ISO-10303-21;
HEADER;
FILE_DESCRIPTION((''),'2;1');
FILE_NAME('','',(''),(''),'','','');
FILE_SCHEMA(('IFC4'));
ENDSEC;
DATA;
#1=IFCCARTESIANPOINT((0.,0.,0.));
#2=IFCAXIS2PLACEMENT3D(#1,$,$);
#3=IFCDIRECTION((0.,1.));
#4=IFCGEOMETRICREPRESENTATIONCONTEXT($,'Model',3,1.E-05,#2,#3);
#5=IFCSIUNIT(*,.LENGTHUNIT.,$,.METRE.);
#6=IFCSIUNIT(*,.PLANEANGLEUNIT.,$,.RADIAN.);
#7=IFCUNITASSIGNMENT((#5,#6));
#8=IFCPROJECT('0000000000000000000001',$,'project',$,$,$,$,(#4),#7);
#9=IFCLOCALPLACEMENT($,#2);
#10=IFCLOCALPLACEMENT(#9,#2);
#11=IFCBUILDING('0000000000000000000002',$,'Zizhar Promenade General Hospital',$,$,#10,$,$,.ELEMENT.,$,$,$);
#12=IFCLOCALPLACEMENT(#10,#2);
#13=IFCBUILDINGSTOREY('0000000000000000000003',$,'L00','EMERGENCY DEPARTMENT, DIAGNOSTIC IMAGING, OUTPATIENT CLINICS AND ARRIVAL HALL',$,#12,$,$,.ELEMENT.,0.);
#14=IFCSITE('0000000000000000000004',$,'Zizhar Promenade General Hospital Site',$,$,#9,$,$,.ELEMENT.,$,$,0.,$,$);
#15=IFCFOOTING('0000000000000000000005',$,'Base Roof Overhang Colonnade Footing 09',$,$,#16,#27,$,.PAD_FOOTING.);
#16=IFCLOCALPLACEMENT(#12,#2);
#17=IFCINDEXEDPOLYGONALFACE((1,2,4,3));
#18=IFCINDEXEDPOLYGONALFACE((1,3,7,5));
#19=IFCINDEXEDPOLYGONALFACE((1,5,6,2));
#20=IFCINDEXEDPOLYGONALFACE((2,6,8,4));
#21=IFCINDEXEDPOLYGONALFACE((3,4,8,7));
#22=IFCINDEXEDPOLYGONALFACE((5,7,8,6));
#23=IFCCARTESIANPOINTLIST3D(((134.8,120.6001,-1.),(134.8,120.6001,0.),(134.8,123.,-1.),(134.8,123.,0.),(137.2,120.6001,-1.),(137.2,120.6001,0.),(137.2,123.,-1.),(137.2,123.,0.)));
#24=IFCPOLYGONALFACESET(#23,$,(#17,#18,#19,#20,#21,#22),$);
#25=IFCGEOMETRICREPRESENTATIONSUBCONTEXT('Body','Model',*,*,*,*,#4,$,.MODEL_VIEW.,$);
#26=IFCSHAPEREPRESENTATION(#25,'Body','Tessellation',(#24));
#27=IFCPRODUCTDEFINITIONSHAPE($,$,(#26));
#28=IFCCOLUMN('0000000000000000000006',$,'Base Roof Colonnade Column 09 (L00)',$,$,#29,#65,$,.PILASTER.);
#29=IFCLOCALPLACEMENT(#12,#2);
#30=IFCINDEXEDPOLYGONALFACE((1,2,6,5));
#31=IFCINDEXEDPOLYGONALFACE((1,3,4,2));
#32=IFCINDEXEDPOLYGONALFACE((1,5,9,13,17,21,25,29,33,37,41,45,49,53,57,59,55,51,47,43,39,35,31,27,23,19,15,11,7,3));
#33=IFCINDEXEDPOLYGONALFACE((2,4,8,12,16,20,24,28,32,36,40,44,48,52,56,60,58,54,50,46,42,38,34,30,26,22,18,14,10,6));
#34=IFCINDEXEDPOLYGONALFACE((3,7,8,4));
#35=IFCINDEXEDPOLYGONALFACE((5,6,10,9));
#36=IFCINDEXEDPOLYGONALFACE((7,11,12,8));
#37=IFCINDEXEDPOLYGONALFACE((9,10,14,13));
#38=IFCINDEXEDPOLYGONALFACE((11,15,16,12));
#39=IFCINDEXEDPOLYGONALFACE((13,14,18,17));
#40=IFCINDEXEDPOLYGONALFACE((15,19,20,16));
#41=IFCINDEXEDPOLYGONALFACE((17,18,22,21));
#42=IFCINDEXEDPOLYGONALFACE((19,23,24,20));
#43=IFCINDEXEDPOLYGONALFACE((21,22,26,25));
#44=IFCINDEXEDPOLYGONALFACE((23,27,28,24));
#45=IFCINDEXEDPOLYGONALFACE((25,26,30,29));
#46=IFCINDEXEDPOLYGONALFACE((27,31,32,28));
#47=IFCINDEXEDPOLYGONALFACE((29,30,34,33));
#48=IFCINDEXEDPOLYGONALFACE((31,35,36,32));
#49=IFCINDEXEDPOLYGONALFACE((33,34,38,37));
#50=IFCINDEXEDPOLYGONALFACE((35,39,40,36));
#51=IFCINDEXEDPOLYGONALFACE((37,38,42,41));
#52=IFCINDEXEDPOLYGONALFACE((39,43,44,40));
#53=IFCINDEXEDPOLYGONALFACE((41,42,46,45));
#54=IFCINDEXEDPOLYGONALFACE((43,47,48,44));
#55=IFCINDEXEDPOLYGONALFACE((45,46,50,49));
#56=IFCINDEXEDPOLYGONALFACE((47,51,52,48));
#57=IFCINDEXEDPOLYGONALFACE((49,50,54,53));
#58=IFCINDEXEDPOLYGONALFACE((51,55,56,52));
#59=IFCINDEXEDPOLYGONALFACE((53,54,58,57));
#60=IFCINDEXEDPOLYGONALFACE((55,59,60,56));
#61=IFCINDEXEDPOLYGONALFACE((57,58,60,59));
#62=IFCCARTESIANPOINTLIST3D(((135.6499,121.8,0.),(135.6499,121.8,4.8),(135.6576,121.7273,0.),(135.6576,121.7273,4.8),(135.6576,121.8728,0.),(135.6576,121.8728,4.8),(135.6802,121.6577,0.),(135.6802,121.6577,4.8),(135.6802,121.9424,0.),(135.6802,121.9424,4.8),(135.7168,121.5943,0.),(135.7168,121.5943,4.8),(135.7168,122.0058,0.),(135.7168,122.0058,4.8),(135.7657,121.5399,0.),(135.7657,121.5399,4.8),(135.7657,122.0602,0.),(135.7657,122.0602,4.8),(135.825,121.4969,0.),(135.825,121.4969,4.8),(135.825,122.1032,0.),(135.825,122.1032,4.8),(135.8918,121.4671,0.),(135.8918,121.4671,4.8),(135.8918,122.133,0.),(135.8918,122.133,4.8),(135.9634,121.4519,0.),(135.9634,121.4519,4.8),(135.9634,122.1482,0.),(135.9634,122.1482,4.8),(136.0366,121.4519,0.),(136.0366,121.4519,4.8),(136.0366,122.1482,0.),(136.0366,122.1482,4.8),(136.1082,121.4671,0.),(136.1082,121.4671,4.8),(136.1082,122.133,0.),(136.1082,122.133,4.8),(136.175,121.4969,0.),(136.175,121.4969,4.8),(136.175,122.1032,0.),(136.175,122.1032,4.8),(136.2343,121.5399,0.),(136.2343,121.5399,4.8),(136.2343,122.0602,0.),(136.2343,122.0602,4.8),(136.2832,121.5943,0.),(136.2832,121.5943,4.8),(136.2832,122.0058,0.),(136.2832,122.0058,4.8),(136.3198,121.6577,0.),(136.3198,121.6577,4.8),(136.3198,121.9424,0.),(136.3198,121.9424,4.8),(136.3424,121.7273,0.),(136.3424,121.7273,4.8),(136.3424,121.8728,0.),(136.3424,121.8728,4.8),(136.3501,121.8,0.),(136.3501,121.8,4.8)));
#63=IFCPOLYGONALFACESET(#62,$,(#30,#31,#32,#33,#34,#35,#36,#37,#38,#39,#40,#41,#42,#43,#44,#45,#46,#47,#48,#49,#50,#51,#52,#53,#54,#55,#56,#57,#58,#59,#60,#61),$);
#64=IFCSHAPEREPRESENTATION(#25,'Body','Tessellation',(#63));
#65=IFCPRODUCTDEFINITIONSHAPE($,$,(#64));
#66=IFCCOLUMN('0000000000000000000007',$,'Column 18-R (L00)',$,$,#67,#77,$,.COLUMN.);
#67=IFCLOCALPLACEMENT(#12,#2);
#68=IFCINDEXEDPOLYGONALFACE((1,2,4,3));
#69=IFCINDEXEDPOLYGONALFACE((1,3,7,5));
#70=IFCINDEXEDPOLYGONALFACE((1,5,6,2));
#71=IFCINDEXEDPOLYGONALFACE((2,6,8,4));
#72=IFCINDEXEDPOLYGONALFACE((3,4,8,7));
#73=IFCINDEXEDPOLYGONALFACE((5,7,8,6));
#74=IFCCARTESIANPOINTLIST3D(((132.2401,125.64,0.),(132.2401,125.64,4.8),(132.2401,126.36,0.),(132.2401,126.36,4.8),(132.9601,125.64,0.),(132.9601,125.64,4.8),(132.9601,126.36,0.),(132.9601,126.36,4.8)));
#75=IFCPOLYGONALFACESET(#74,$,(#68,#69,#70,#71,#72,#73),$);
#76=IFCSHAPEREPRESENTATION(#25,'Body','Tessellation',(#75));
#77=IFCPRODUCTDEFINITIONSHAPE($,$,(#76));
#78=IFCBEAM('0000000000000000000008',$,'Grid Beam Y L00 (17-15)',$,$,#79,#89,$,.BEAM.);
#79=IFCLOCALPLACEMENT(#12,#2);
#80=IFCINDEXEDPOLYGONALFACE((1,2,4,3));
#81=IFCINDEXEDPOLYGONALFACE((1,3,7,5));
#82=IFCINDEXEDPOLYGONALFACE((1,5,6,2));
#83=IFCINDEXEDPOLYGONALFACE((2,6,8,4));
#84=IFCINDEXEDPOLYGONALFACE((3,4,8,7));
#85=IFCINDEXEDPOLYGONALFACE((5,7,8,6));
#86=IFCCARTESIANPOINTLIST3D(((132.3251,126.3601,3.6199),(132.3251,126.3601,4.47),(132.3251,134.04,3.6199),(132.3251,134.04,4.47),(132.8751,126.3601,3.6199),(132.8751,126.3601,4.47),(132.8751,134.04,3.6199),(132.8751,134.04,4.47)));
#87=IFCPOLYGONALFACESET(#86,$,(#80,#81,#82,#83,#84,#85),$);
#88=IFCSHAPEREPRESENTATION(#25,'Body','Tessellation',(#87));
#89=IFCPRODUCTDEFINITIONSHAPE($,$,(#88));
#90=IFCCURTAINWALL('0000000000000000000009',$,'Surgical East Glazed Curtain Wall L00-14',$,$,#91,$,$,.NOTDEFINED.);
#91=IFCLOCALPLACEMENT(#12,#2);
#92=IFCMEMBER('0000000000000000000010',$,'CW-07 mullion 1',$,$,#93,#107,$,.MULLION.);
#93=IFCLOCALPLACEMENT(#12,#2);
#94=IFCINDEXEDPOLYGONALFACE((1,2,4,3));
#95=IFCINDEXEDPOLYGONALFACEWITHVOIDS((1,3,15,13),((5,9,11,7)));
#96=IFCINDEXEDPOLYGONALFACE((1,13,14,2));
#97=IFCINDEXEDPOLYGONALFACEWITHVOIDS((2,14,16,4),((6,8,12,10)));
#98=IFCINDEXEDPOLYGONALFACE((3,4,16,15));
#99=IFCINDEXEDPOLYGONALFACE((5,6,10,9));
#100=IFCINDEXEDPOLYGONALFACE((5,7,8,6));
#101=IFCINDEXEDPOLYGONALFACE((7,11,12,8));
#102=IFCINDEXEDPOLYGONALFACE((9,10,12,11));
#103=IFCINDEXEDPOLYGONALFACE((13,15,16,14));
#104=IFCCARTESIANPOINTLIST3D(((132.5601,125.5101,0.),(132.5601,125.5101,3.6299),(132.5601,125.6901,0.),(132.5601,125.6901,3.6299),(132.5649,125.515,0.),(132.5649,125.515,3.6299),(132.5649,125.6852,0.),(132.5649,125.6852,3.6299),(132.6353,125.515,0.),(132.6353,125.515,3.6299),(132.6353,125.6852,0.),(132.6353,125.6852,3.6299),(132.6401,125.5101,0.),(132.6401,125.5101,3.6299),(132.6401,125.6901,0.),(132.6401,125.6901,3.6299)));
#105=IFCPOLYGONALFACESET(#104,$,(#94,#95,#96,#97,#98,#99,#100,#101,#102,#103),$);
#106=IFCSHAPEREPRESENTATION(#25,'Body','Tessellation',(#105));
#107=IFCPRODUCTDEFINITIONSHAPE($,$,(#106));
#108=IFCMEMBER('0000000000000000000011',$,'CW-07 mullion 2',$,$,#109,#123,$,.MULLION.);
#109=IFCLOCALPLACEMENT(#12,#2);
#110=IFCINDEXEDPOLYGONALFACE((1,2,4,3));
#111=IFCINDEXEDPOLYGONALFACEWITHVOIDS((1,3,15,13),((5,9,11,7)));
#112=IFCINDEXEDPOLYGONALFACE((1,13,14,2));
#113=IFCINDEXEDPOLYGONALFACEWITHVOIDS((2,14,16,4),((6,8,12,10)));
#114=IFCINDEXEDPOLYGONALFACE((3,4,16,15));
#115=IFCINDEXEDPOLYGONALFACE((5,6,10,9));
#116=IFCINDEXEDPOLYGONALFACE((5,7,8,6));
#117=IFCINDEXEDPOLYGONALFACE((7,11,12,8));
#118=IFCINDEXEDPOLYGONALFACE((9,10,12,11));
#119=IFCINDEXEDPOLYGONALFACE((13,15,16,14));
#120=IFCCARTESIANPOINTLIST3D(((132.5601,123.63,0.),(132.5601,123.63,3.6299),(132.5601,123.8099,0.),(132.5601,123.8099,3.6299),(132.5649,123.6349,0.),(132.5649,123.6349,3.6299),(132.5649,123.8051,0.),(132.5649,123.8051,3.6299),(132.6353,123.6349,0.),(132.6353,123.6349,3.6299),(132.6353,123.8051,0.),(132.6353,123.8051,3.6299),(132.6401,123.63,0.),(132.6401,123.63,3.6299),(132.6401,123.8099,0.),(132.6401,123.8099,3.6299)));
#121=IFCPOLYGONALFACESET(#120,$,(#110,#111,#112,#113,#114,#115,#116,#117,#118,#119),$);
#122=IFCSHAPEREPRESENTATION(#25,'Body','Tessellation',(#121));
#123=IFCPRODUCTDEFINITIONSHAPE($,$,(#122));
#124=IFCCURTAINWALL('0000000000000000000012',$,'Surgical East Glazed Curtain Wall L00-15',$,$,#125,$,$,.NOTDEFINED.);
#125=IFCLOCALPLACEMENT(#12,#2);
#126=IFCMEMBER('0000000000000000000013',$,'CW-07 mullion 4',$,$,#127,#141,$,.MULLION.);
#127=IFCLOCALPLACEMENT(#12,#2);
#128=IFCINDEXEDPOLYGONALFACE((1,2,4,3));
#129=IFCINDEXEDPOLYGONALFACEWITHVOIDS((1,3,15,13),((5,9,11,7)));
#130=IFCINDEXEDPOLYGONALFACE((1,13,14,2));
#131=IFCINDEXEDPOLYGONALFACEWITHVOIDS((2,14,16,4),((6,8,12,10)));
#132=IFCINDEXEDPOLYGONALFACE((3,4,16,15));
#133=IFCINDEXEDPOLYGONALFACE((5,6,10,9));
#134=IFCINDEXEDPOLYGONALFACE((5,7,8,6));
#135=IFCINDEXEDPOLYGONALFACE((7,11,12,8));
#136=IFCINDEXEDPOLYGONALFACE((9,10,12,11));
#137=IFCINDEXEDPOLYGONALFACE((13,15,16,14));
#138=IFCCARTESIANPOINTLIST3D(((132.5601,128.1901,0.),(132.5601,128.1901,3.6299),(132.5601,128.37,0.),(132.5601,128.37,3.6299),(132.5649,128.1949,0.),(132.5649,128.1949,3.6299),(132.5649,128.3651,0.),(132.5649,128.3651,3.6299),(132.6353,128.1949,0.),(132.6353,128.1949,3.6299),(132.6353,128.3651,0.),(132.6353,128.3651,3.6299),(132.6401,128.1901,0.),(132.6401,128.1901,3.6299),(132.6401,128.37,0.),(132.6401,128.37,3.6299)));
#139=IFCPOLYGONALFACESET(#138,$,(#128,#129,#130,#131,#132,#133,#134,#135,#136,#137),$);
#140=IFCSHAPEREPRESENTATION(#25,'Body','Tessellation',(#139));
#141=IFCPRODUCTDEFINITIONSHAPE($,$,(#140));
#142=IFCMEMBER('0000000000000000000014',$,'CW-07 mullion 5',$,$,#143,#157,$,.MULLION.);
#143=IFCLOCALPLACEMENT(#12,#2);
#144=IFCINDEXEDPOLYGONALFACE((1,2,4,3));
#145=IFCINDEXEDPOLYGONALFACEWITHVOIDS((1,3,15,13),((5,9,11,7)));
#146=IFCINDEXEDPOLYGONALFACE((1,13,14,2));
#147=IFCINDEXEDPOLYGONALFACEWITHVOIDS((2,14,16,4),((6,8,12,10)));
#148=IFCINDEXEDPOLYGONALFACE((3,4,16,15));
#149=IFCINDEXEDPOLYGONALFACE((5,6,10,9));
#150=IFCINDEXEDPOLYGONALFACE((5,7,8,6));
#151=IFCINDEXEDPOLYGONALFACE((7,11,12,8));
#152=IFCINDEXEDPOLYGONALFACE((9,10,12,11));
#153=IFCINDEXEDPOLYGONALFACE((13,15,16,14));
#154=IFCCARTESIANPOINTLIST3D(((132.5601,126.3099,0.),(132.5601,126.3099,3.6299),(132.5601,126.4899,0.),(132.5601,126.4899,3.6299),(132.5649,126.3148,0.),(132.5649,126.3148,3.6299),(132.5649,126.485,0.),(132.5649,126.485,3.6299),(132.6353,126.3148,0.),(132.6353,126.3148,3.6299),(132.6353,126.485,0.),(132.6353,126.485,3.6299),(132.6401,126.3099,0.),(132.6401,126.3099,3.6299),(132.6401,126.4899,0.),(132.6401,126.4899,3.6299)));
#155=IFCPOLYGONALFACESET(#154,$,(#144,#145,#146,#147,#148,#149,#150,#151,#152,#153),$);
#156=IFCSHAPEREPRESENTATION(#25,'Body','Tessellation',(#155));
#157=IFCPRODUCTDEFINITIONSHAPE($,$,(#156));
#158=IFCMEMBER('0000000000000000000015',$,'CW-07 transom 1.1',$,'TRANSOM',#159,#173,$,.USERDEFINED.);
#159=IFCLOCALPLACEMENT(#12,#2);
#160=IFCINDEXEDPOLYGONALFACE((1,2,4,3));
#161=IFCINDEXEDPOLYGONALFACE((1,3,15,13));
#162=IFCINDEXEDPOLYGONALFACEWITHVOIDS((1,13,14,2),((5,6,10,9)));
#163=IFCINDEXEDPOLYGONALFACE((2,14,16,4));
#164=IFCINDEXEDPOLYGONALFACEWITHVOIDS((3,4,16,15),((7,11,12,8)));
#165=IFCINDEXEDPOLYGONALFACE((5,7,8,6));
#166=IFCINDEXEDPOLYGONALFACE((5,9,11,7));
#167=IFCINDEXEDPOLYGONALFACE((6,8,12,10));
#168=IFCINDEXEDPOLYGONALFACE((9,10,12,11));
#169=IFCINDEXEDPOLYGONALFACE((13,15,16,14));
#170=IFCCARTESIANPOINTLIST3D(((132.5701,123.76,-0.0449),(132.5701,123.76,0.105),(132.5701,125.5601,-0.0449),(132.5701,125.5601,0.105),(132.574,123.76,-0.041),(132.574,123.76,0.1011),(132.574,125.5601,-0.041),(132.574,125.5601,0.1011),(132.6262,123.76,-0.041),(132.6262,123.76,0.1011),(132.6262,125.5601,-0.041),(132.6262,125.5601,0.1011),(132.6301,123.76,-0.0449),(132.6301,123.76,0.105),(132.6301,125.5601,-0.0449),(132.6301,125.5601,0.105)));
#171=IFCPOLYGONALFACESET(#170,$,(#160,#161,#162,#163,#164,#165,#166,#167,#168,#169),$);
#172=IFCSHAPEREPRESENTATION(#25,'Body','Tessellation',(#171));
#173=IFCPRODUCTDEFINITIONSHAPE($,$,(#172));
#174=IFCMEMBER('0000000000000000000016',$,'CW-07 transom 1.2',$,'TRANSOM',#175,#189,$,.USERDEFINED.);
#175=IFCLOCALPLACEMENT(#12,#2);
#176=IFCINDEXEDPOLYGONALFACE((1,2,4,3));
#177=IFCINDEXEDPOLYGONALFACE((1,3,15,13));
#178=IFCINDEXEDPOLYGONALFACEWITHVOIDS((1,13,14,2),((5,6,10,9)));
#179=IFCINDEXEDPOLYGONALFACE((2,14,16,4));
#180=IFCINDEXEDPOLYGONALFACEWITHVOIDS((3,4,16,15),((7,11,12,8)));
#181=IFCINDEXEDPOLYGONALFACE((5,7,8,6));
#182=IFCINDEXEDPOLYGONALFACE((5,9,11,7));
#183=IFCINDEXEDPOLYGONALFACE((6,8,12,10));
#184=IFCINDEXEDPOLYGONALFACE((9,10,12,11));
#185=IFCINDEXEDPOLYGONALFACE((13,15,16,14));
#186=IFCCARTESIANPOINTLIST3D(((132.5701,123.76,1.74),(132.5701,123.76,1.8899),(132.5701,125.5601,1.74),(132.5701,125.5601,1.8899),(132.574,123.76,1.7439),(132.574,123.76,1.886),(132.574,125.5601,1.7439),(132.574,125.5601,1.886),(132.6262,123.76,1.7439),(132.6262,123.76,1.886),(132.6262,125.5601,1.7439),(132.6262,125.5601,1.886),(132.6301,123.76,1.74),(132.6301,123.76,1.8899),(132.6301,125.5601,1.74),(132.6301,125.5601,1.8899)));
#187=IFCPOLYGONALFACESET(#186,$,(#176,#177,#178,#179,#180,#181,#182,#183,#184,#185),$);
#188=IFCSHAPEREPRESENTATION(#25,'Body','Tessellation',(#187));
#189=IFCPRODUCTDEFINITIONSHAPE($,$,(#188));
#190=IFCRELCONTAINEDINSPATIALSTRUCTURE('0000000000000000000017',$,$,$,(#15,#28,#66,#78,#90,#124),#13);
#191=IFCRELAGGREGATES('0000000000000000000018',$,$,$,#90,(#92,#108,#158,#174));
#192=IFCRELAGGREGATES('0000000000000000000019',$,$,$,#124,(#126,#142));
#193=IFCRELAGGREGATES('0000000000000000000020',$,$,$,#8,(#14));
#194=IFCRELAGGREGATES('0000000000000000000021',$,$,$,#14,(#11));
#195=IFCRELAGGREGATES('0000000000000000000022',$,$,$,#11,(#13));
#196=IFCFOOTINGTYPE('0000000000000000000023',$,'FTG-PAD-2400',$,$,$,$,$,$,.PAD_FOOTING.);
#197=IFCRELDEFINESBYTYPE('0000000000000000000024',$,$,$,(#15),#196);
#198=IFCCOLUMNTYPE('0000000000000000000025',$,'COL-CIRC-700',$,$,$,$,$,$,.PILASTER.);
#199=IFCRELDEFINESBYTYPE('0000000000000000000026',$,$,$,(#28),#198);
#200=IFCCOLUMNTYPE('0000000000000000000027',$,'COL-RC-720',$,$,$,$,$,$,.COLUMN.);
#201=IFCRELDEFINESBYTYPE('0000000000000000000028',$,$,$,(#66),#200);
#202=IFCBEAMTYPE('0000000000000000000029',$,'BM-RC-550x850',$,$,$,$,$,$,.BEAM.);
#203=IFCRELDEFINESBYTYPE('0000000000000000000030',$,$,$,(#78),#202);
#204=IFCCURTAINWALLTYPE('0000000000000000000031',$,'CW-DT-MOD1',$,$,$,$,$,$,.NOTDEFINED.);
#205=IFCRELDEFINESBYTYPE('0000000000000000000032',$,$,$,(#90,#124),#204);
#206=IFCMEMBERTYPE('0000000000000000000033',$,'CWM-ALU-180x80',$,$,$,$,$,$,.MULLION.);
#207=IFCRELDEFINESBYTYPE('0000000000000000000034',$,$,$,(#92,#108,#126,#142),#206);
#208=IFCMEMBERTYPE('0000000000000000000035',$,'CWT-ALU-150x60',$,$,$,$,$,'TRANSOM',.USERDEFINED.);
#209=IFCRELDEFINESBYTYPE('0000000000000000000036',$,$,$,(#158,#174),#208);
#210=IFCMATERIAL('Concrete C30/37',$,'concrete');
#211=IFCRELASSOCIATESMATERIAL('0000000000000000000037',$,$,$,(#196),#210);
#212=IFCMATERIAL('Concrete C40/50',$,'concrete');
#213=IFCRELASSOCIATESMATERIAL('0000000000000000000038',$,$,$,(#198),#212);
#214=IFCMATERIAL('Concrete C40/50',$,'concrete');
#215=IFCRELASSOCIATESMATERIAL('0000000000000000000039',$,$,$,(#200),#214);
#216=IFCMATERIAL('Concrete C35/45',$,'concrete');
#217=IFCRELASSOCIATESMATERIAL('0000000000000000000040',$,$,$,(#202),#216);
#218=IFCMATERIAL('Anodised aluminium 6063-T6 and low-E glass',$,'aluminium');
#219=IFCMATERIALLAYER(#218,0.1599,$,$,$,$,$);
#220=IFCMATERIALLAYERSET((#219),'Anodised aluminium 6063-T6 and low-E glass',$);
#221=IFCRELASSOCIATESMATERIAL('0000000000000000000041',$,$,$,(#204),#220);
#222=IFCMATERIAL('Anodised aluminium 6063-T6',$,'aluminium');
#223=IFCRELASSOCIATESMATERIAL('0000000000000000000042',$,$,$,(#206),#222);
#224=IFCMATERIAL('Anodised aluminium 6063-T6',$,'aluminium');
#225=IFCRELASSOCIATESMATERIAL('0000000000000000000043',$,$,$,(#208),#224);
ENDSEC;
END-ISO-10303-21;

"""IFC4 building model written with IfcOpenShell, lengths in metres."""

from ifc_helpers import new_model, si_unit, direction, frame, origin, origin_2d, place, context, subcontext, project, spatial, rectangle, hollow_rectangle, circle, extrude, material, layer, layer_set, material_profile, profile_set, type_object, element, aggregate, save


model = new_model("IFC4")

# Units and contexts
model_context = context("Model", 3, precision=1e-05, world=origin(), true_north=direction((0.0, 1.0)))
body_context = subcontext(model_context, "Body", "Model", "MODEL_VIEW")
ifc_project = project(units=[si_unit("LENGTHUNIT", "METRE"), si_unit("PLANEANGLEUNIT", "RADIAN")], contexts=[model_context])

# Site, building, storey
site_placement = place(None, origin())
site = spatial("IfcSite", under=ifc_project, at=site_placement, Name="Zizhar Promenade General Hospital Site", CompositionType="ELEMENT", RefElevation=0.0)
building_placement = place(site_placement, origin())
building = spatial("IfcBuilding", under=site, at=building_placement, Name="Zizhar Promenade General Hospital", CompositionType="ELEMENT")
storey_placement = place(building_placement, origin())
storey = spatial("IfcBuildingStorey", under=building, at=storey_placement, Name="L00", Description="EMERGENCY DEPARTMENT, DIAGNOSTIC IMAGING, OUTPATIENT CLINICS AND ARRIVAL HALL", CompositionType="ELEMENT", Elevation=0.0)

# Footing
ifc_material_1 = material(Name="Concrete C30/37", Category="concrete")
footing_type = type_object("IfcFootingType", Name="FTG-PAD-2400", PredefinedType="PAD_FOOTING", material=ifc_material_1)
footing_placement = place(storey_placement, frame((136.0, 121.8, -1.0), z_axis=(0.0, 0.0, 1.0), x_axis=(1.0, 0.0, 0.0)))
element("IfcFooting", 1, at=footing_placement, inside=storey, type_object=footing_type, Name="Base Roof Overhang Colonnade Footing 09", PredefinedType="PAD_FOOTING", context=body_context, shape_type="SweptSolid", body=[
    extrude(rectangle(XDim=2.3999, YDim=2.3999, at=origin_2d()), origin(), (0.0, 0.0, 1.0), 1.0),
])

# Columns
ifc_material_2 = material(Name="Concrete C40/50", Category="concrete")
ifc_material_profile_1 = material_profile(ifc_material_2, circle(Radius=0.3501, at=origin_2d()))
ifc_profile_set_1 = profile_set([ifc_material_profile_1], Name="Concrete C40/50")
column_type_1 = type_object("IfcColumnType", Name="COL-CIRC-700", PredefinedType="PILASTER", material=ifc_profile_set_1)
column_1_placement = place(storey_placement, frame((136.0, 121.8, 0.0), z_axis=(0.0, 0.0, 1.0), x_axis=(1.0, 0.0, 0.0)))
element("IfcColumn", 2, at=column_1_placement, inside=storey, type_object=column_type_1, Name="Base Roof Colonnade Column 09 (L00)", PredefinedType="PILASTER", context=body_context, shape_type="SweptSolid", body=[
    extrude(circle(Radius=0.3501, at=origin_2d()), origin(), (0.0, 0.0, 1.0), 4.8),
])
ifc_material_3 = material(Name="Concrete C40/50", Category="concrete")
ifc_material_profile_2 = material_profile(ifc_material_3, rectangle(XDim=0.72, YDim=0.72, at=origin_2d()))
ifc_profile_set_2 = profile_set([ifc_material_profile_2], Name="Concrete C40/50")
column_type_2 = type_object("IfcColumnType", Name="COL-RC-720", PredefinedType="COLUMN", material=ifc_profile_set_2)
column_2_placement = place(storey_placement, frame((132.6001, 126.0, 0.0), z_axis=(0.0, 0.0, 1.0), x_axis=(1.0, 0.0, 0.0)))
element("IfcColumn", 3, at=column_2_placement, inside=storey, type_object=column_type_2, Name="Column 18-R (L00)", PredefinedType="COLUMN", context=body_context, shape_type="SweptSolid", body=[
    extrude(rectangle(XDim=0.72, YDim=0.72, at=origin_2d()), origin(), (0.0, 0.0, 1.0), 4.8),
])

# Beam
ifc_material_4 = material(Name="Concrete C35/45", Category="concrete")
ifc_material_profile_3 = material_profile(ifc_material_4, rectangle(XDim=0.55, YDim=0.8501, at=origin_2d()))
ifc_profile_set_3 = profile_set([ifc_material_profile_3], Name="Concrete C35/45")
beam_type = type_object("IfcBeamType", Name="BM-RC-550x850", PredefinedType="BEAM", material=ifc_profile_set_3)
beam_placement = place(storey_placement, frame((132.6001, 126.3601, 4.0449), z_axis=(0.0, 1.0, 0.0), x_axis=(-1.0, 0.0, 0.0)))
element("IfcBeam", 4, at=beam_placement, inside=storey, type_object=beam_type, Name="Grid Beam Y L00 (17-15)", PredefinedType="BEAM", context=body_context, shape_type="SweptSolid", body=[
    extrude(rectangle(XDim=0.55, YDim=0.8501, at=origin_2d()), origin(), (0.0, 0.0, 1.0), 7.6799),
])

# Curtain walls, members
ifc_material_5 = material(Name="Anodised aluminium 6063-T6 and low-E glass", Category="aluminium")
ifc_layer_1 = layer(ifc_material_5, 0.1599)
ifc_layer_set_1 = layer_set([ifc_layer_1], Name="Anodised aluminium 6063-T6 and low-E glass")
curtain_wall_type = type_object("IfcCurtainWallType", Name="CW-DT-MOD1", PredefinedType="NOTDEFINED", material=ifc_layer_set_1)
curtain_wall_1_placement = place(storey_placement, origin())
curtain_wall_1 = element("IfcCurtainWall", 5, at=curtain_wall_1_placement, inside=storey, type_object=curtain_wall_type, Name="Surgical East Glazed Curtain Wall L00-14", PredefinedType="NOTDEFINED")
ifc_material_6 = material(Name="Anodised aluminium 6063-T6", Category="aluminium")
ifc_material_profile_4 = material_profile(ifc_material_6, hollow_rectangle(XDim=0.0801, YDim=0.1799, WallThickness=0.0049, at=origin_2d()))
ifc_profile_set_4 = profile_set([ifc_material_profile_4], Name="Anodised aluminium 6063-T6")
member_type_1 = type_object("IfcMemberType", Name="CWM-ALU-180x80", PredefinedType="MULLION", material=ifc_profile_set_4)
member_1_placement = place(storey_placement, frame((132.6001, 125.6001, 0.0), z_axis=(0.0, 0.0, 1.0), x_axis=(1.0, 0.0, 0.0)))
member_1 = element("IfcMember", 6, at=member_1_placement, type_object=member_type_1, Name="CW-07 mullion 1", PredefinedType="MULLION", context=body_context, shape_type="SweptSolid", body=[
    extrude(hollow_rectangle(XDim=0.0801, YDim=0.1799, WallThickness=0.0049, at=origin_2d()), origin(), (0.0, 0.0, 1.0), 3.6299),
])
member_2_placement = place(storey_placement, frame((132.6001, 123.72, 0.0), z_axis=(0.0, 0.0, 1.0), x_axis=(1.0, 0.0, 0.0)))
member_2 = element("IfcMember", 7, at=member_2_placement, type_object=member_type_1, Name="CW-07 mullion 2", PredefinedType="MULLION", context=body_context, shape_type="SweptSolid", body=[
    extrude(hollow_rectangle(XDim=0.0801, YDim=0.1799, WallThickness=0.0049, at=origin_2d()), origin(), (0.0, 0.0, 1.0), 3.6299),
])
curtain_wall_2_placement = place(storey_placement, origin())
curtain_wall_2 = element("IfcCurtainWall", 8, at=curtain_wall_2_placement, inside=storey, type_object=curtain_wall_type, Name="Surgical East Glazed Curtain Wall L00-15", PredefinedType="NOTDEFINED")
member_3_placement = place(storey_placement, frame((132.6001, 128.28, 0.0), z_axis=(0.0, 0.0, 1.0), x_axis=(1.0, 0.0, 0.0)))
member_3 = element("IfcMember", 9, at=member_3_placement, type_object=member_type_1, Name="CW-07 mullion 4", PredefinedType="MULLION", context=body_context, shape_type="SweptSolid", body=[
    extrude(hollow_rectangle(XDim=0.0801, YDim=0.1799, WallThickness=0.0049, at=origin_2d()), origin(), (0.0, 0.0, 1.0), 3.6299),
])
member_4_placement = place(storey_placement, frame((132.6001, 126.3999, 0.0), z_axis=(0.0, 0.0, 1.0), x_axis=(1.0, 0.0, 0.0)))
member_4 = element("IfcMember", 10, at=member_4_placement, type_object=member_type_1, Name="CW-07 mullion 5", PredefinedType="MULLION", context=body_context, shape_type="SweptSolid", body=[
    extrude(hollow_rectangle(XDim=0.0801, YDim=0.1799, WallThickness=0.0049, at=origin_2d()), origin(), (0.0, 0.0, 1.0), 3.6299),
])

# Members
ifc_material_7 = material(Name="Anodised aluminium 6063-T6", Category="aluminium")
ifc_material_profile_5 = material_profile(ifc_material_7, hollow_rectangle(XDim=0.0601, YDim=0.1499, WallThickness=0.0039, at=origin_2d()))
ifc_profile_set_5 = profile_set([ifc_material_profile_5], Name="Anodised aluminium 6063-T6")
member_type_2 = type_object("IfcMemberType", Name="CWT-ALU-150x60", ElementType="TRANSOM", PredefinedType="USERDEFINED", material=ifc_profile_set_5)
member_5_placement = place(storey_placement, frame((132.6001, 125.5601, 0.03), z_axis=(0.0, -1.0, 0.0), x_axis=(1.0, 0.0, 0.0)))
member_5 = element("IfcMember", 11, at=member_5_placement, type_object=member_type_2, Name="CW-07 transom 1.1", ObjectType="TRANSOM", PredefinedType="USERDEFINED", context=body_context, shape_type="SweptSolid", body=[
    extrude(hollow_rectangle(XDim=0.0601, YDim=0.1499, WallThickness=0.0039, at=origin_2d()), origin(), (0.0, 0.0, 1.0), 1.8),
])
member_6_placement = place(storey_placement, frame((132.6001, 125.5601, 1.8149), z_axis=(0.0, -1.0, 0.0), x_axis=(1.0, 0.0, 0.0)))
member_6 = element("IfcMember", 12, at=member_6_placement, type_object=member_type_2, Name="CW-07 transom 1.2", ObjectType="TRANSOM", PredefinedType="USERDEFINED", context=body_context, shape_type="SweptSolid", body=[
    extrude(hollow_rectangle(XDim=0.0601, YDim=0.1499, WallThickness=0.0039, at=origin_2d()), origin(), (0.0, 0.0, 1.0), 1.8),
])

aggregate(curtain_wall_1, [member_1, member_2, member_5, member_6])
aggregate(curtain_wall_2, [member_3, member_4])

save(model, "model.ifc")
